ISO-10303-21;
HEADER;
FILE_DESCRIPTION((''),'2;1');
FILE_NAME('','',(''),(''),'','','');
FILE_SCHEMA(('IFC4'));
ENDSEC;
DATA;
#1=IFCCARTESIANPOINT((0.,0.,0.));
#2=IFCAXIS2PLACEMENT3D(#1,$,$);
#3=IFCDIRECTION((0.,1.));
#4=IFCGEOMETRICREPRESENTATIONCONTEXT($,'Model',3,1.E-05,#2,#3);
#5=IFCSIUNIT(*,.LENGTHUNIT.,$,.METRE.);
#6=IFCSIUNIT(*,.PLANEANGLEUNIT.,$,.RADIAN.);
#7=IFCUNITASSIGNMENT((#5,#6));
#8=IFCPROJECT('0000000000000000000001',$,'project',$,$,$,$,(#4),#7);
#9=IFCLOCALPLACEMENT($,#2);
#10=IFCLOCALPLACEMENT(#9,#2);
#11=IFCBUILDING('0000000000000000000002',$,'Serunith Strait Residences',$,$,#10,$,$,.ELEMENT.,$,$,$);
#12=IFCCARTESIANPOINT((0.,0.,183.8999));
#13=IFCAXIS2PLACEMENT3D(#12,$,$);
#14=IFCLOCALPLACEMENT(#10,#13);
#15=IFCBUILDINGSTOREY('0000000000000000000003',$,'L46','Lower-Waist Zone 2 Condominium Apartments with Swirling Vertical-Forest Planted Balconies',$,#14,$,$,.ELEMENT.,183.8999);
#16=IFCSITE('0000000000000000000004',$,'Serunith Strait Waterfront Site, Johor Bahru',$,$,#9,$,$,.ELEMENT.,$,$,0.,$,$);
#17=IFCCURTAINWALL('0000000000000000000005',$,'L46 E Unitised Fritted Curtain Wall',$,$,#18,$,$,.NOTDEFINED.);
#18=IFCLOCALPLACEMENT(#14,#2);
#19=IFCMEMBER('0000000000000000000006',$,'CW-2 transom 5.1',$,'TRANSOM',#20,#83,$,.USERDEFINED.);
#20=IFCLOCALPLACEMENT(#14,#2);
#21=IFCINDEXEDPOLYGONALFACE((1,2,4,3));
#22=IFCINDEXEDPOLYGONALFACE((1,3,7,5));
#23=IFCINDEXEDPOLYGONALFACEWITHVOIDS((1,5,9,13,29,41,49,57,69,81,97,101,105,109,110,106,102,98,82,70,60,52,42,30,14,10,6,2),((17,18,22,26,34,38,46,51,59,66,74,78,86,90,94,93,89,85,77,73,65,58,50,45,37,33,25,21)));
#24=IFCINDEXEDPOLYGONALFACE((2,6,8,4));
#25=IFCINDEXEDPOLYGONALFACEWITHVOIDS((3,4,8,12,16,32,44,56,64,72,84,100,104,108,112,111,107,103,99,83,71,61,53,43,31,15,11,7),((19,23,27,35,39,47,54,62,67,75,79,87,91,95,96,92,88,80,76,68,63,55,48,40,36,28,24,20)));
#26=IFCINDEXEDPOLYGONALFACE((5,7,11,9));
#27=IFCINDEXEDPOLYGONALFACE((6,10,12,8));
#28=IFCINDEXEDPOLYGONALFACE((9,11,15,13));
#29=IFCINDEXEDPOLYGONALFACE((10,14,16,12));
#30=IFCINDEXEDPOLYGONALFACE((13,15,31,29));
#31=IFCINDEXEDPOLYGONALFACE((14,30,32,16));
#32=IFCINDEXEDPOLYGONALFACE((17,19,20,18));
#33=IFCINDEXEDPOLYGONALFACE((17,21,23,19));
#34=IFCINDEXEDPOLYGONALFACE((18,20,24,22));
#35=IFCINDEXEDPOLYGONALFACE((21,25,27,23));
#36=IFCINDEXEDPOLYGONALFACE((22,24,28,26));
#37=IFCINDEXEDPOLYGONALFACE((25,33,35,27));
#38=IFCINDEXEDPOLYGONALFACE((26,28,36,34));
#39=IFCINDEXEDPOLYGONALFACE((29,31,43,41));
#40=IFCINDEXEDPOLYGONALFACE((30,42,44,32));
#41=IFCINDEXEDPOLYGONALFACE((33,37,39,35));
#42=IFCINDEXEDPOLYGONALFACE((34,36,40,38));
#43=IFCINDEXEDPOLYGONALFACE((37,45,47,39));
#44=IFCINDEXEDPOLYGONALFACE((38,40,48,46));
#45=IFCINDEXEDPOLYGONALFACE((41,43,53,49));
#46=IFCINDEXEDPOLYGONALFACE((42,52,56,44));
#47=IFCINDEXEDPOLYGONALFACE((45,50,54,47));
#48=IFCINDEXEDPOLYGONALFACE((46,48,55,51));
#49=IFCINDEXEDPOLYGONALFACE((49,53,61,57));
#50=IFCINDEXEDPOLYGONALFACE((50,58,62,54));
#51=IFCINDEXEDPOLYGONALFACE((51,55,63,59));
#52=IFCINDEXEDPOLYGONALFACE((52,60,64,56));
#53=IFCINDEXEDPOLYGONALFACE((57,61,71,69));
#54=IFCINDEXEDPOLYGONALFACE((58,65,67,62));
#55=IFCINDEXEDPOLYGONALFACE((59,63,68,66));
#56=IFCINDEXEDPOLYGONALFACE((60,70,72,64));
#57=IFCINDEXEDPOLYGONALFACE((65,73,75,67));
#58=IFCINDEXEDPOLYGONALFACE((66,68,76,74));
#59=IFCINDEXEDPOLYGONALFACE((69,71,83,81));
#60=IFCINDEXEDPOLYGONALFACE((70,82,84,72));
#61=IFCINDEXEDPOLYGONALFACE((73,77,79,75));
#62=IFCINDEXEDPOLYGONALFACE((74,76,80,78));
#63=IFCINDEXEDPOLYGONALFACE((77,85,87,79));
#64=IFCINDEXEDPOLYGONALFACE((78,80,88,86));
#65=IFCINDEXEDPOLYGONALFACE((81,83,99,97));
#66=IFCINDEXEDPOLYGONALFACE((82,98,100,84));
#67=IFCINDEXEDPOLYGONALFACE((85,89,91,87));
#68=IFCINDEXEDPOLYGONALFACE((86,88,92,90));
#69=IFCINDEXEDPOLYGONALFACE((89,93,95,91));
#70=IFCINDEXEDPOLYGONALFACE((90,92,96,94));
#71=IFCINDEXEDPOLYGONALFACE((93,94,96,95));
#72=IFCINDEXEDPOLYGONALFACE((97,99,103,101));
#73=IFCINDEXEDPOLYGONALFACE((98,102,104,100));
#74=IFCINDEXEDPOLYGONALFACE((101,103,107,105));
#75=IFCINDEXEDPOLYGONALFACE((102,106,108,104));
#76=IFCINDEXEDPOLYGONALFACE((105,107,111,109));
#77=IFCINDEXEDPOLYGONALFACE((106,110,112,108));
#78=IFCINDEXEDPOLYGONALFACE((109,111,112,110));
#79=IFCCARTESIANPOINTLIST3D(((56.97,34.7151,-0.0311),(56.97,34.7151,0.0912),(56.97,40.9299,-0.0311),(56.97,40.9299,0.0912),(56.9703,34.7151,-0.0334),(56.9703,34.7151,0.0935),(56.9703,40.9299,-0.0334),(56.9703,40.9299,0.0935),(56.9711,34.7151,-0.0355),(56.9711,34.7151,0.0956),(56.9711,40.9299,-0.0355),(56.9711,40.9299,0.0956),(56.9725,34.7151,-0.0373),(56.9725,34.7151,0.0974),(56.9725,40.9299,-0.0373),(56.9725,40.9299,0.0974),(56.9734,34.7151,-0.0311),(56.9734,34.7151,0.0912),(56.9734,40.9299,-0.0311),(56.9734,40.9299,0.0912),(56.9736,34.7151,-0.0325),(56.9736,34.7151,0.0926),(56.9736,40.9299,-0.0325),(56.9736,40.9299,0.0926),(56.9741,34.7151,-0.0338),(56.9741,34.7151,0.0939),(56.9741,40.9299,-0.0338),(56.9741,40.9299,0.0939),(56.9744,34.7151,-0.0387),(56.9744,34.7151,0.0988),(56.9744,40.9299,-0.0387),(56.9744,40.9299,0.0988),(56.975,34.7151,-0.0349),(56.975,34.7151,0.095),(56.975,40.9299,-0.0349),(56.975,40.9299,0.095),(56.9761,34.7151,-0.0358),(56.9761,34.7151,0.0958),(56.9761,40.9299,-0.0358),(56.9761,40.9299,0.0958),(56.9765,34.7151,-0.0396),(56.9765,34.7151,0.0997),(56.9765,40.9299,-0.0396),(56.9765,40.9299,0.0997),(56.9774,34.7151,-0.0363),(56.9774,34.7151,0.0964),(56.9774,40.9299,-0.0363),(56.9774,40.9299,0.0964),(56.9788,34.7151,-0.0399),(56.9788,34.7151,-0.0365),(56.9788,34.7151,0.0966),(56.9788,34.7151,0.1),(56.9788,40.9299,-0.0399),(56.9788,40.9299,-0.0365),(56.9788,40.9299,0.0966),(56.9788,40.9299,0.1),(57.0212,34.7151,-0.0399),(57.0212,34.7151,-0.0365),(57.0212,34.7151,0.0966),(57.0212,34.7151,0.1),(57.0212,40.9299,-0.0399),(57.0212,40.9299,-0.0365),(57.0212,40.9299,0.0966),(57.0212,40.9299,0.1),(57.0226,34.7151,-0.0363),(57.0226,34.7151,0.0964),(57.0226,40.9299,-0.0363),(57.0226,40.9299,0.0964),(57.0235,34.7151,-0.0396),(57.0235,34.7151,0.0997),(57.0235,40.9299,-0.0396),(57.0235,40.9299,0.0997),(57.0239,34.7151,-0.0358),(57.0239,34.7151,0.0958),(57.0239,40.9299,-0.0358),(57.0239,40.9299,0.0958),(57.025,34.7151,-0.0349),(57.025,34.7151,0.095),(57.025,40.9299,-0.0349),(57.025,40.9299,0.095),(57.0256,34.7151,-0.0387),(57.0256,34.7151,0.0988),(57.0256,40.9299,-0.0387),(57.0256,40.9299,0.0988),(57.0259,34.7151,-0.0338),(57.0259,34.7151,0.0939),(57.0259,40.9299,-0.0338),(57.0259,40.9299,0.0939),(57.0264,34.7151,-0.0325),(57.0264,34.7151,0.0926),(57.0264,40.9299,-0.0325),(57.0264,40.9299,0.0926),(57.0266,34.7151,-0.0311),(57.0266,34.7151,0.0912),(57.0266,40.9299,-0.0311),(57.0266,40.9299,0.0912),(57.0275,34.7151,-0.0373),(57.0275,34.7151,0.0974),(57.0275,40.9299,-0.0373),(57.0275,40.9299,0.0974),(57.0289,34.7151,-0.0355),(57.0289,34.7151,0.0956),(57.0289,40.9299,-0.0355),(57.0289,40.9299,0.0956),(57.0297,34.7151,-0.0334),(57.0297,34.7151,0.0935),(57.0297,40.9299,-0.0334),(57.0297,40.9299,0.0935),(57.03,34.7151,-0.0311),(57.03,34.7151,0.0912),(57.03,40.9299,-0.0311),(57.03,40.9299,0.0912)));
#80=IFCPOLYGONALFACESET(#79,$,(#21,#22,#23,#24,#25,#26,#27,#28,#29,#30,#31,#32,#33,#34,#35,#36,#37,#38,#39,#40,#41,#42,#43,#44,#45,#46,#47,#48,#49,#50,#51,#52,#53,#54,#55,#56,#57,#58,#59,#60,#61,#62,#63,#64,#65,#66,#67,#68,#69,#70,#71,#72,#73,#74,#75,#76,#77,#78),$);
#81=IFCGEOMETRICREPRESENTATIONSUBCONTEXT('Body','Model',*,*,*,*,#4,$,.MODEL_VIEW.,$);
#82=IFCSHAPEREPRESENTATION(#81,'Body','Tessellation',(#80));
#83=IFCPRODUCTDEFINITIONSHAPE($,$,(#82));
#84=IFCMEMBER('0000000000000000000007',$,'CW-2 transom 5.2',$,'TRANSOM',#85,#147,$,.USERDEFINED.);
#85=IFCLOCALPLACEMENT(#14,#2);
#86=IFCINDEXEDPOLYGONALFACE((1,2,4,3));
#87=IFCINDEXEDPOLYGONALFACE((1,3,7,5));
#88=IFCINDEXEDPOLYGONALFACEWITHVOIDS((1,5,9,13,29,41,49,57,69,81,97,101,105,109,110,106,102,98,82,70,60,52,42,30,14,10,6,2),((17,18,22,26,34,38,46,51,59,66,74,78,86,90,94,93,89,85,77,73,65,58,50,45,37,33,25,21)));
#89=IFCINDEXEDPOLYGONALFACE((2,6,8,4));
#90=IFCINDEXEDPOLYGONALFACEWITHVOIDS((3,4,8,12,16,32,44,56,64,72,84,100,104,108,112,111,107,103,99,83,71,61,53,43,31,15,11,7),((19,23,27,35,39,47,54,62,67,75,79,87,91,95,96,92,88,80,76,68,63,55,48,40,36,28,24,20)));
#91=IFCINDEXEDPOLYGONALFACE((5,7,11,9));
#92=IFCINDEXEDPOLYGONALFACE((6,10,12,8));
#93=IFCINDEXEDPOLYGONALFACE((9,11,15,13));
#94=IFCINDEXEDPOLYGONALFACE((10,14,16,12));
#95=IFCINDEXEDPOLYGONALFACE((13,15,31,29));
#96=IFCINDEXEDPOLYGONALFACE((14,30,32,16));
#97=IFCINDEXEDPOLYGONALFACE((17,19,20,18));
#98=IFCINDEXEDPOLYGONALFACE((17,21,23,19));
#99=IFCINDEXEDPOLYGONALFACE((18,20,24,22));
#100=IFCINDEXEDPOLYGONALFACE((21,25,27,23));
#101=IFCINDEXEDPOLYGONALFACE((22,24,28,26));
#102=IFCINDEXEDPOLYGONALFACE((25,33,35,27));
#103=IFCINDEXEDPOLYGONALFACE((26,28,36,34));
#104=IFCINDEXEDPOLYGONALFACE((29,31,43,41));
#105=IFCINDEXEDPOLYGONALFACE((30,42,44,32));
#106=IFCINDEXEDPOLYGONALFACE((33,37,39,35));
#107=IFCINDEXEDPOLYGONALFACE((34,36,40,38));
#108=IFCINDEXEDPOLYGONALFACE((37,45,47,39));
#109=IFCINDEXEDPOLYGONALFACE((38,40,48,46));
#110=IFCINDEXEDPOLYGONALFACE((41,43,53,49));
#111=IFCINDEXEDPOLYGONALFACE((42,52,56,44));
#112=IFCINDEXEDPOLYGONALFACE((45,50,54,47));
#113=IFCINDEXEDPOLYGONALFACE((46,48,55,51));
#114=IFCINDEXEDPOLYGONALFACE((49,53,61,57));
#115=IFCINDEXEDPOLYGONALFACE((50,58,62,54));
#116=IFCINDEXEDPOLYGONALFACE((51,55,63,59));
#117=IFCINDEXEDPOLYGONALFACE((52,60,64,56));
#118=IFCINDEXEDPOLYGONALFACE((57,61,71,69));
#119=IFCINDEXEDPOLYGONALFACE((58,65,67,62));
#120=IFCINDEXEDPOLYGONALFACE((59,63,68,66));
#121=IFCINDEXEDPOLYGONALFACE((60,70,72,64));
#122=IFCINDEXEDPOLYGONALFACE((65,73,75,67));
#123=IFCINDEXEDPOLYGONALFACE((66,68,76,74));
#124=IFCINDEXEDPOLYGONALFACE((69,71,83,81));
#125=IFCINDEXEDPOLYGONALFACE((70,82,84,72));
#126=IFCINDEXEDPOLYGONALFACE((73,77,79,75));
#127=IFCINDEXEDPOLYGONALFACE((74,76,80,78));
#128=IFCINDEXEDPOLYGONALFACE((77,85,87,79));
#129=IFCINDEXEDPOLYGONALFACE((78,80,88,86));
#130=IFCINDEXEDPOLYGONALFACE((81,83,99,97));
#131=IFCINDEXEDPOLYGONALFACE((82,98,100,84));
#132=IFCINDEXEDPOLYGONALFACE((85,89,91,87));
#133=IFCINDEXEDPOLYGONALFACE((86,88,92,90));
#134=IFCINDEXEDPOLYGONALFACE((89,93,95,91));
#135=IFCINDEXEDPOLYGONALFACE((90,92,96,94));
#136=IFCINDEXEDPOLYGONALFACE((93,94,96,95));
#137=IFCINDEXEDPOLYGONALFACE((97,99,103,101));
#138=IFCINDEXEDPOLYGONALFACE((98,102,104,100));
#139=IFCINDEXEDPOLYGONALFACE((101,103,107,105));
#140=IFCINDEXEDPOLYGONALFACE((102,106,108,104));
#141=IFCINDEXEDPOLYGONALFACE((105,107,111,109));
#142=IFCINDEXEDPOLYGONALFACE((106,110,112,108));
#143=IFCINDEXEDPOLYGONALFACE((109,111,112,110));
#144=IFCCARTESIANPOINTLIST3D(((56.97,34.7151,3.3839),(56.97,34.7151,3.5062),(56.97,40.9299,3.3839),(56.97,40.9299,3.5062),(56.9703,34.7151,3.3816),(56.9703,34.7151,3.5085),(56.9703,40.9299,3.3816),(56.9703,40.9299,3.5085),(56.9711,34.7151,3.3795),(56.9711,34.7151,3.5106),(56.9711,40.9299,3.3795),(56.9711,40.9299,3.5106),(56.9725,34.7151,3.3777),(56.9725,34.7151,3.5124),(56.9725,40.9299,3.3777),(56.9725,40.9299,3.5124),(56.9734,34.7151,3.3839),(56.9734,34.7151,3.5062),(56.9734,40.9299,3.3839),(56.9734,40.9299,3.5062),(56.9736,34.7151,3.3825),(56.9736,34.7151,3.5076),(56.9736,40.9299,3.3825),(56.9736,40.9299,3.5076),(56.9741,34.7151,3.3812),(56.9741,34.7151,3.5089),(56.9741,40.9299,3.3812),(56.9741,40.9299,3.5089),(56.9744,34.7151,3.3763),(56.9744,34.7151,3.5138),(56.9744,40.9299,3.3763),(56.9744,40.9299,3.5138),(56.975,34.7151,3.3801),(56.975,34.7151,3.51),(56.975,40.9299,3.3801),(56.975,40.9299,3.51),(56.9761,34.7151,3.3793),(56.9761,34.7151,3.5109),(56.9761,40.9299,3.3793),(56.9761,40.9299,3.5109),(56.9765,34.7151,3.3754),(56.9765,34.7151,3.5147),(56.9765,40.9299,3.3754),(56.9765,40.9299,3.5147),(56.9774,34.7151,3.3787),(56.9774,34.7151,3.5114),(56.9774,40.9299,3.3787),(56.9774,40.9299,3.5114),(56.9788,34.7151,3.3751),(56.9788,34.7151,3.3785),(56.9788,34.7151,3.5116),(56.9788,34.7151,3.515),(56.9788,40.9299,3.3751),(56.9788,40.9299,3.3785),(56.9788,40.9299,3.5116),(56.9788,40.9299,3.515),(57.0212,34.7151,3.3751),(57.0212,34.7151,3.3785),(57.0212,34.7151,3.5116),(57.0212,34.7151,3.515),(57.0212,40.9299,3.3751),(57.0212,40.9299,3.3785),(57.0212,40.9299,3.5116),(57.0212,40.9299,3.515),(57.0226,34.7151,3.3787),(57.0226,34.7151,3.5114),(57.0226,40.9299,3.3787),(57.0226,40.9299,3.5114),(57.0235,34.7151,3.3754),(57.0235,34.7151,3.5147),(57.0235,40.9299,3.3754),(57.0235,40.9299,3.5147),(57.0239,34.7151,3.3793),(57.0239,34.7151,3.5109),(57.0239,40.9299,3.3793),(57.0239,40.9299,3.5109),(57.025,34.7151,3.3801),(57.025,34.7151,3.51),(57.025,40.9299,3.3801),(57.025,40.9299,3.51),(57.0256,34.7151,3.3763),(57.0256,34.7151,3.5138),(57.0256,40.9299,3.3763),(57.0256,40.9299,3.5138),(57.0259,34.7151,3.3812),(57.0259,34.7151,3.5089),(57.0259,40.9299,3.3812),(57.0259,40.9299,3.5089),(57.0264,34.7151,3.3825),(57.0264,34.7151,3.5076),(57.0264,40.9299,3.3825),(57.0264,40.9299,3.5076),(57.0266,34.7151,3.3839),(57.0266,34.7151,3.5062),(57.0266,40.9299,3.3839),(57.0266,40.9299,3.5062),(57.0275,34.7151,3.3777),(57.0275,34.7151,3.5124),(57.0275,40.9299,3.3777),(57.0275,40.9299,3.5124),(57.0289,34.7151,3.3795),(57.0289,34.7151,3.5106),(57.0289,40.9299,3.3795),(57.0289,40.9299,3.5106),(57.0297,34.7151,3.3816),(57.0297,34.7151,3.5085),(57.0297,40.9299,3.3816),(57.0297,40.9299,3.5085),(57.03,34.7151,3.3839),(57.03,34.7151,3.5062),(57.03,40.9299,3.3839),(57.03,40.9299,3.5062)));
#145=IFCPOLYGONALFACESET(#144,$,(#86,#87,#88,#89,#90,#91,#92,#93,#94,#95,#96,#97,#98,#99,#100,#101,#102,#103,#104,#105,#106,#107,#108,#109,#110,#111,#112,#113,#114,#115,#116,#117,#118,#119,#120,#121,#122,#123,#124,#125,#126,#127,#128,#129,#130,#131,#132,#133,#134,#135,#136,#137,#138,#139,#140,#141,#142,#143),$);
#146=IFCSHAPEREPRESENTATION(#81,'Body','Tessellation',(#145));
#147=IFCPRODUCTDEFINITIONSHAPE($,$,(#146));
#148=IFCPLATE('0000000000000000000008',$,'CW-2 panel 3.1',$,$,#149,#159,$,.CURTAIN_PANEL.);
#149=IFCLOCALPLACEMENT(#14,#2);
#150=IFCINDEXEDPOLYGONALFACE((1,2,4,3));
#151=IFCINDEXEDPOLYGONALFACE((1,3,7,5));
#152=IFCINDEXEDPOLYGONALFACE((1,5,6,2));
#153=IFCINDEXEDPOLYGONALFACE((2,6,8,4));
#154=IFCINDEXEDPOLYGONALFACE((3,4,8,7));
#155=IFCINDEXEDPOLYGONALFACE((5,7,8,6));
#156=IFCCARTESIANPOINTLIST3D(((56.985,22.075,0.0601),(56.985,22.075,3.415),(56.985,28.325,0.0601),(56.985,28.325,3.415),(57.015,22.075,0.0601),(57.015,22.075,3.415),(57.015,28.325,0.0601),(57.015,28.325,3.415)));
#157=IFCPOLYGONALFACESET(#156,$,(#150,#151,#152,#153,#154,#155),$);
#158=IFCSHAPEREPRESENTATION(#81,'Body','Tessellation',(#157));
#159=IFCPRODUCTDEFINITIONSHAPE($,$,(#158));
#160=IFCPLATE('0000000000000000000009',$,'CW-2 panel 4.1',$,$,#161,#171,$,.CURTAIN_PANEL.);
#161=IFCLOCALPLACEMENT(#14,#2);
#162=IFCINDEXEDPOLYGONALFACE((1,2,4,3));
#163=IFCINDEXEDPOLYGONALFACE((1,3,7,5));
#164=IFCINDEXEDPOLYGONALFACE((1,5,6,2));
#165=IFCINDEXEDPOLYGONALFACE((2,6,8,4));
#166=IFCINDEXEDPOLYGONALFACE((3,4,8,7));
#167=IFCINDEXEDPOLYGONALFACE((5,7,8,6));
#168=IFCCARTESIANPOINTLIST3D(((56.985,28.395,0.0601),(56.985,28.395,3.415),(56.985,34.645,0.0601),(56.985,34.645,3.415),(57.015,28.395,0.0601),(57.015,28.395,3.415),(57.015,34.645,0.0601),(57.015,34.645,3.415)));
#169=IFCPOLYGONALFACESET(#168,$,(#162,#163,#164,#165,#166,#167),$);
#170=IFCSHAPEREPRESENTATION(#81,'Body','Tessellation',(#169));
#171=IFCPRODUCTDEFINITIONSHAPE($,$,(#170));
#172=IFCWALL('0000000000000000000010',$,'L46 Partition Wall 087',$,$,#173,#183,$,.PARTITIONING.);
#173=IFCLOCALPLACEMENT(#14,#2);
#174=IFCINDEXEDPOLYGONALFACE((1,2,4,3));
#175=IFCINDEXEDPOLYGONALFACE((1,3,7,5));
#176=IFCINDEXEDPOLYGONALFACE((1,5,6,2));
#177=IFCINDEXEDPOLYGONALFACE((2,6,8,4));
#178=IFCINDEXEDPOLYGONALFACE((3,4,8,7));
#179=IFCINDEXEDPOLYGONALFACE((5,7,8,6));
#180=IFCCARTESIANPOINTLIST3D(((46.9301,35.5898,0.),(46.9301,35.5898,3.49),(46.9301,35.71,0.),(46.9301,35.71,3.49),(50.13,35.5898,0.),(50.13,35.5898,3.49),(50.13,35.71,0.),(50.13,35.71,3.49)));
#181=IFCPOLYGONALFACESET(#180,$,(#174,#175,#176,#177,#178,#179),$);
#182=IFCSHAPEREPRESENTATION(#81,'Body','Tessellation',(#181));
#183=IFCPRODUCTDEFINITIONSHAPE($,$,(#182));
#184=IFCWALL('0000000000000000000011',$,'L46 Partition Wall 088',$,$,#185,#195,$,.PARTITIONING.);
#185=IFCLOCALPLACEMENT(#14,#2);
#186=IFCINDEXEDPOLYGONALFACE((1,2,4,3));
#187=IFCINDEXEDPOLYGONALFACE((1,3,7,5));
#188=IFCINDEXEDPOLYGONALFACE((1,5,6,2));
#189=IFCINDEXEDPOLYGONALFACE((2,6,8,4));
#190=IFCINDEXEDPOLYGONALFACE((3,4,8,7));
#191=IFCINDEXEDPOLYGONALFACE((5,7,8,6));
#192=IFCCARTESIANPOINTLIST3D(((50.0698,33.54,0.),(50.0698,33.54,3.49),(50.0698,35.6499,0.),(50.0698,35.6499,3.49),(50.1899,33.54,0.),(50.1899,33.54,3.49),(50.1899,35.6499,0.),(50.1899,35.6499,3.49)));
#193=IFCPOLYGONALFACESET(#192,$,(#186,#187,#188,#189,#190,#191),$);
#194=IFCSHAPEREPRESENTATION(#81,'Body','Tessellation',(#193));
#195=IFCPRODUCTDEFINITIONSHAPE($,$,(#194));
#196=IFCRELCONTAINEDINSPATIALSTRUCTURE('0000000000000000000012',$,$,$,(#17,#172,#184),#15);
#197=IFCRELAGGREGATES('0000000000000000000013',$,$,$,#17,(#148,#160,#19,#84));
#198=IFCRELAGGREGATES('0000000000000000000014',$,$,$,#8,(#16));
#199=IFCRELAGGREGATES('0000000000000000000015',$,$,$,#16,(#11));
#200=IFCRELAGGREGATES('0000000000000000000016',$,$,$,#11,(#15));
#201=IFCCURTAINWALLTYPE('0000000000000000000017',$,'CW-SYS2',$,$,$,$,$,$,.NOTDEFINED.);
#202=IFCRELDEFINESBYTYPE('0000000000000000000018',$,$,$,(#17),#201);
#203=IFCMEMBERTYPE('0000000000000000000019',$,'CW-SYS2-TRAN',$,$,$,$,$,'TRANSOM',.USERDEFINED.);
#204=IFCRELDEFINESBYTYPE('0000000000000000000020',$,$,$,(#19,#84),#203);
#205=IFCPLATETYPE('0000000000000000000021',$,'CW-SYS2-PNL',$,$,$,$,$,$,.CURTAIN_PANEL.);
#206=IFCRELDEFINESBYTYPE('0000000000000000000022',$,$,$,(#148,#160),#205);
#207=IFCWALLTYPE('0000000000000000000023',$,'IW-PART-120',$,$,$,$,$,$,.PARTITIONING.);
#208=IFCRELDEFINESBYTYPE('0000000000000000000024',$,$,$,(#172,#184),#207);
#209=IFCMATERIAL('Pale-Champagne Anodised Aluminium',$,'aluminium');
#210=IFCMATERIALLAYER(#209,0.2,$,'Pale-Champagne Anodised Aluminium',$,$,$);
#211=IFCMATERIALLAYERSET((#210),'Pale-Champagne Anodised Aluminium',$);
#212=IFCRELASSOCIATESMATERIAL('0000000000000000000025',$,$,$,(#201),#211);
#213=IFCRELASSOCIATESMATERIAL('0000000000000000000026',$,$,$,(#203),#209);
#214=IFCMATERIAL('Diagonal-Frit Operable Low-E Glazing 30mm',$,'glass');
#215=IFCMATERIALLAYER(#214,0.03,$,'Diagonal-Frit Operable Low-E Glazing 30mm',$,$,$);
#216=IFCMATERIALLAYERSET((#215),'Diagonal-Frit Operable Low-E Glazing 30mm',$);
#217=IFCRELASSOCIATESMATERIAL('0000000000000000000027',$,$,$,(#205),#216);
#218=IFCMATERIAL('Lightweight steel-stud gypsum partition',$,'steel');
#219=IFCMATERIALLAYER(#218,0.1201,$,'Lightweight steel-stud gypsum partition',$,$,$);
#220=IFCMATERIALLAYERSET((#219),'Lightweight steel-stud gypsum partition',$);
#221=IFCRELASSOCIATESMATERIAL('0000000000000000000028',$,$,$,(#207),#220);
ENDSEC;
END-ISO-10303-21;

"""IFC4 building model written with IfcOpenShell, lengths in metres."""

from ifc_helpers import new_model, si_unit, direction, frame, frame_2d, origin, origin_2d, place, context, subcontext, project, spatial, rectangle, hollow_rectangle, extrude, source, transform, mapped, material, layer, layer_set, material_profile, profile_set, type_object, element, aggregate, save


model = new_model("IFC4")

# Units and contexts
model_context = context("Model", 3, precision=1e-05, world=origin(), true_north=direction((0.0, 1.0)))
body_context = subcontext(model_context, "Body", "Model", "MODEL_VIEW")
ifc_project = project(units=[si_unit("LENGTHUNIT", "METRE"), si_unit("PLANEANGLEUNIT", "RADIAN")], contexts=[model_context])

# Site, building, storey
site_placement = place(None, origin())
site = spatial("IfcSite", under=ifc_project, at=site_placement, Name="Serunith Strait Waterfront Site, Johor Bahru", CompositionType="ELEMENT", RefElevation=0.0)
building_placement = place(site_placement, origin())
building = spatial("IfcBuilding", under=site, at=building_placement, Name="Serunith Strait Residences", CompositionType="ELEMENT")
storey_placement = place(building_placement, frame((0.0, 0.0, 183.8999)))
storey = spatial("IfcBuildingStorey", under=building, at=storey_placement, Name="L46", Description="Lower-Waist Zone 2 Condominium Apartments with Swirling Vertical-Forest Planted Balconies", CompositionType="ELEMENT", Elevation=183.8999)

# Curtain wall, members, plates
ifc_material_1 = material(Name="Pale-Champagne Anodised Aluminium", Category="aluminium")
ifc_layer_1 = layer(ifc_material_1, 0.2, Name="Pale-Champagne Anodised Aluminium")
ifc_layer_set_1 = layer_set([ifc_layer_1], Name="Pale-Champagne Anodised Aluminium")
curtain_wall_type = type_object("IfcCurtainWallType", Name="CW-SYS2", PredefinedType="NOTDEFINED", material=ifc_layer_set_1)
curtain_wall_placement = place(storey_placement, origin())
curtain_wall = element("IfcCurtainWall", 1, at=curtain_wall_placement, inside=storey, type_object=curtain_wall_type, Name="L46 E Unitised Fritted Curtain Wall", PredefinedType="NOTDEFINED")
ifc_material_profile_1 = material_profile(ifc_material_1, hollow_rectangle(XDim=0.0601, YDim=0.1399, WallThickness=0.0034, InnerFilletRadius=0.0054, OuterFilletRadius=0.0088, at=origin_2d()), Name="ALU 140x60x3.5")
ifc_profile_set_1 = profile_set([ifc_material_profile_1], Name="Pale-Champagne Anodised Aluminium")
member_type_1 = type_object("IfcMemberType", Name="CW-SYS2-TRAN", ElementType="TRANSOM", PredefinedType="USERDEFINED", material=ifc_profile_set_1)
shared_shape_1 = source(origin(), body_context, "Body", "SweptSolid", [
    extrude(hollow_rectangle(XDim=0.0601, YDim=0.1399, WallThickness=0.0034, InnerFilletRadius=0.0054, OuterFilletRadius=0.0088, at=origin_2d()), origin(), (0.0, 0.0, 1.0), 6.2148),
])
member_1_placement = place(storey_placement, frame((57.0, 34.7151, 0.03), z_axis=(0.0, 1.0, 0.0), x_axis=(-1.0, 0.0, 0.0)))
member_1 = element("IfcMember", 2, at=member_1_placement, type_object=member_type_1, Name="CW-2 transom 5.1", ObjectType="TRANSOM", PredefinedType="USERDEFINED", context=body_context, shape_type="MappedRepresentation", body=[
    mapped(shared_shape_1, transform((0.0, 0.0, 0.0), scale=1.0)),
])
member_2_placement = place(storey_placement, frame((57.0, 34.7151, 3.4451), z_axis=(0.0, 1.0, 0.0), x_axis=(-1.0, 0.0, 0.0)))
member_2 = element("IfcMember", 3, at=member_2_placement, type_object=member_type_1, Name="CW-2 transom 5.2", ObjectType="TRANSOM", PredefinedType="USERDEFINED", context=body_context, shape_type="MappedRepresentation", body=[
    mapped(shared_shape_1, transform((0.0, 0.0, 0.0), scale=1.0)),
])
ifc_material_2 = material(Name="Diagonal-Frit Operable Low-E Glazing 30mm", Category="glass")
ifc_layer_2 = layer(ifc_material_2, 0.03, Name="Diagonal-Frit Operable Low-E Glazing 30mm")
ifc_layer_set_2 = layer_set([ifc_layer_2], Name="Diagonal-Frit Operable Low-E Glazing 30mm")
plate_type = type_object("IfcPlateType", Name="CW-SYS2-PNL", PredefinedType="CURTAIN_PANEL", material=ifc_layer_set_2)
shared_shape_2 = source(origin(), body_context, "Body", "SweptSolid", [
    extrude(rectangle(XDim=6.25, YDim=0.03, at=origin_2d()), origin(), (0.0, 0.0, 1.0), 3.355),
])
plate_1_placement = place(storey_placement, frame((57.0, 25.2, 0.0601), z_axis=(0.0, 0.0, 1.0), x_axis=(0.0, 1.0, 0.0)))
plate_1 = element("IfcPlate", 4, at=plate_1_placement, type_object=plate_type, Name="CW-2 panel 3.1", PredefinedType="CURTAIN_PANEL", context=body_context, shape_type="MappedRepresentation", body=[
    mapped(shared_shape_2, transform((0.0, 0.0, 0.0), scale=1.0)),
])
plate_2_placement = place(storey_placement, frame((57.0, 31.52, 0.0601), z_axis=(0.0, 0.0, 1.0), x_axis=(0.0, 1.0, 0.0)))
plate_2 = element("IfcPlate", 5, at=plate_2_placement, type_object=plate_type, Name="CW-2 panel 4.1", PredefinedType="CURTAIN_PANEL", context=body_context, shape_type="MappedRepresentation", body=[
    mapped(shared_shape_2, transform((0.0, 0.0, 0.0), scale=1.0)),
])
aggregate(curtain_wall, [plate_1, plate_2, member_1, member_2])

# Walls
ifc_material_3 = material(Name="Lightweight steel-stud gypsum partition", Category="steel")
ifc_layer_3 = layer(ifc_material_3, 0.1201, Name="Lightweight steel-stud gypsum partition")
ifc_layer_set_3 = layer_set([ifc_layer_3], Name="Lightweight steel-stud gypsum partition")
wall_type_1 = type_object("IfcWallType", Name="IW-PART-120", PredefinedType="PARTITIONING", material=ifc_layer_set_3)
wall_1_placement = place(storey_placement, frame((46.9299, 35.6499, 0.0), z_axis=(0.0, 0.0, 1.0), x_axis=(1.0, 0.0, 0.0)))
element("IfcWall", 6, at=wall_1_placement, inside=storey, type_object=wall_type_1, Name="L46 Partition Wall 087", PredefinedType="PARTITIONING", context=body_context, shape_type="SweptSolid", body=[
    extrude(rectangle(XDim=3.2, YDim=0.1201, at=frame_2d((1.6001, 0.0))), origin(), (0.0, 0.0, 1.0), 3.49),
])
wall_2_placement = place(storey_placement, frame((50.1299, 35.6499, 0.0), z_axis=(0.0, 0.0, 1.0), x_axis=(0.0, -1.0, 0.0)))
element("IfcWall", 7, at=wall_2_placement, inside=storey, type_object=wall_type_1, Name="L46 Partition Wall 088", PredefinedType="PARTITIONING", context=body_context, shape_type="SweptSolid", body=[
    extrude(rectangle(XDim=2.1099, YDim=0.1201, at=frame_2d((1.0549, 0.0))), origin(), (0.0, 0.0, 1.0), 3.49),
])

save(model, "model.ifc")
